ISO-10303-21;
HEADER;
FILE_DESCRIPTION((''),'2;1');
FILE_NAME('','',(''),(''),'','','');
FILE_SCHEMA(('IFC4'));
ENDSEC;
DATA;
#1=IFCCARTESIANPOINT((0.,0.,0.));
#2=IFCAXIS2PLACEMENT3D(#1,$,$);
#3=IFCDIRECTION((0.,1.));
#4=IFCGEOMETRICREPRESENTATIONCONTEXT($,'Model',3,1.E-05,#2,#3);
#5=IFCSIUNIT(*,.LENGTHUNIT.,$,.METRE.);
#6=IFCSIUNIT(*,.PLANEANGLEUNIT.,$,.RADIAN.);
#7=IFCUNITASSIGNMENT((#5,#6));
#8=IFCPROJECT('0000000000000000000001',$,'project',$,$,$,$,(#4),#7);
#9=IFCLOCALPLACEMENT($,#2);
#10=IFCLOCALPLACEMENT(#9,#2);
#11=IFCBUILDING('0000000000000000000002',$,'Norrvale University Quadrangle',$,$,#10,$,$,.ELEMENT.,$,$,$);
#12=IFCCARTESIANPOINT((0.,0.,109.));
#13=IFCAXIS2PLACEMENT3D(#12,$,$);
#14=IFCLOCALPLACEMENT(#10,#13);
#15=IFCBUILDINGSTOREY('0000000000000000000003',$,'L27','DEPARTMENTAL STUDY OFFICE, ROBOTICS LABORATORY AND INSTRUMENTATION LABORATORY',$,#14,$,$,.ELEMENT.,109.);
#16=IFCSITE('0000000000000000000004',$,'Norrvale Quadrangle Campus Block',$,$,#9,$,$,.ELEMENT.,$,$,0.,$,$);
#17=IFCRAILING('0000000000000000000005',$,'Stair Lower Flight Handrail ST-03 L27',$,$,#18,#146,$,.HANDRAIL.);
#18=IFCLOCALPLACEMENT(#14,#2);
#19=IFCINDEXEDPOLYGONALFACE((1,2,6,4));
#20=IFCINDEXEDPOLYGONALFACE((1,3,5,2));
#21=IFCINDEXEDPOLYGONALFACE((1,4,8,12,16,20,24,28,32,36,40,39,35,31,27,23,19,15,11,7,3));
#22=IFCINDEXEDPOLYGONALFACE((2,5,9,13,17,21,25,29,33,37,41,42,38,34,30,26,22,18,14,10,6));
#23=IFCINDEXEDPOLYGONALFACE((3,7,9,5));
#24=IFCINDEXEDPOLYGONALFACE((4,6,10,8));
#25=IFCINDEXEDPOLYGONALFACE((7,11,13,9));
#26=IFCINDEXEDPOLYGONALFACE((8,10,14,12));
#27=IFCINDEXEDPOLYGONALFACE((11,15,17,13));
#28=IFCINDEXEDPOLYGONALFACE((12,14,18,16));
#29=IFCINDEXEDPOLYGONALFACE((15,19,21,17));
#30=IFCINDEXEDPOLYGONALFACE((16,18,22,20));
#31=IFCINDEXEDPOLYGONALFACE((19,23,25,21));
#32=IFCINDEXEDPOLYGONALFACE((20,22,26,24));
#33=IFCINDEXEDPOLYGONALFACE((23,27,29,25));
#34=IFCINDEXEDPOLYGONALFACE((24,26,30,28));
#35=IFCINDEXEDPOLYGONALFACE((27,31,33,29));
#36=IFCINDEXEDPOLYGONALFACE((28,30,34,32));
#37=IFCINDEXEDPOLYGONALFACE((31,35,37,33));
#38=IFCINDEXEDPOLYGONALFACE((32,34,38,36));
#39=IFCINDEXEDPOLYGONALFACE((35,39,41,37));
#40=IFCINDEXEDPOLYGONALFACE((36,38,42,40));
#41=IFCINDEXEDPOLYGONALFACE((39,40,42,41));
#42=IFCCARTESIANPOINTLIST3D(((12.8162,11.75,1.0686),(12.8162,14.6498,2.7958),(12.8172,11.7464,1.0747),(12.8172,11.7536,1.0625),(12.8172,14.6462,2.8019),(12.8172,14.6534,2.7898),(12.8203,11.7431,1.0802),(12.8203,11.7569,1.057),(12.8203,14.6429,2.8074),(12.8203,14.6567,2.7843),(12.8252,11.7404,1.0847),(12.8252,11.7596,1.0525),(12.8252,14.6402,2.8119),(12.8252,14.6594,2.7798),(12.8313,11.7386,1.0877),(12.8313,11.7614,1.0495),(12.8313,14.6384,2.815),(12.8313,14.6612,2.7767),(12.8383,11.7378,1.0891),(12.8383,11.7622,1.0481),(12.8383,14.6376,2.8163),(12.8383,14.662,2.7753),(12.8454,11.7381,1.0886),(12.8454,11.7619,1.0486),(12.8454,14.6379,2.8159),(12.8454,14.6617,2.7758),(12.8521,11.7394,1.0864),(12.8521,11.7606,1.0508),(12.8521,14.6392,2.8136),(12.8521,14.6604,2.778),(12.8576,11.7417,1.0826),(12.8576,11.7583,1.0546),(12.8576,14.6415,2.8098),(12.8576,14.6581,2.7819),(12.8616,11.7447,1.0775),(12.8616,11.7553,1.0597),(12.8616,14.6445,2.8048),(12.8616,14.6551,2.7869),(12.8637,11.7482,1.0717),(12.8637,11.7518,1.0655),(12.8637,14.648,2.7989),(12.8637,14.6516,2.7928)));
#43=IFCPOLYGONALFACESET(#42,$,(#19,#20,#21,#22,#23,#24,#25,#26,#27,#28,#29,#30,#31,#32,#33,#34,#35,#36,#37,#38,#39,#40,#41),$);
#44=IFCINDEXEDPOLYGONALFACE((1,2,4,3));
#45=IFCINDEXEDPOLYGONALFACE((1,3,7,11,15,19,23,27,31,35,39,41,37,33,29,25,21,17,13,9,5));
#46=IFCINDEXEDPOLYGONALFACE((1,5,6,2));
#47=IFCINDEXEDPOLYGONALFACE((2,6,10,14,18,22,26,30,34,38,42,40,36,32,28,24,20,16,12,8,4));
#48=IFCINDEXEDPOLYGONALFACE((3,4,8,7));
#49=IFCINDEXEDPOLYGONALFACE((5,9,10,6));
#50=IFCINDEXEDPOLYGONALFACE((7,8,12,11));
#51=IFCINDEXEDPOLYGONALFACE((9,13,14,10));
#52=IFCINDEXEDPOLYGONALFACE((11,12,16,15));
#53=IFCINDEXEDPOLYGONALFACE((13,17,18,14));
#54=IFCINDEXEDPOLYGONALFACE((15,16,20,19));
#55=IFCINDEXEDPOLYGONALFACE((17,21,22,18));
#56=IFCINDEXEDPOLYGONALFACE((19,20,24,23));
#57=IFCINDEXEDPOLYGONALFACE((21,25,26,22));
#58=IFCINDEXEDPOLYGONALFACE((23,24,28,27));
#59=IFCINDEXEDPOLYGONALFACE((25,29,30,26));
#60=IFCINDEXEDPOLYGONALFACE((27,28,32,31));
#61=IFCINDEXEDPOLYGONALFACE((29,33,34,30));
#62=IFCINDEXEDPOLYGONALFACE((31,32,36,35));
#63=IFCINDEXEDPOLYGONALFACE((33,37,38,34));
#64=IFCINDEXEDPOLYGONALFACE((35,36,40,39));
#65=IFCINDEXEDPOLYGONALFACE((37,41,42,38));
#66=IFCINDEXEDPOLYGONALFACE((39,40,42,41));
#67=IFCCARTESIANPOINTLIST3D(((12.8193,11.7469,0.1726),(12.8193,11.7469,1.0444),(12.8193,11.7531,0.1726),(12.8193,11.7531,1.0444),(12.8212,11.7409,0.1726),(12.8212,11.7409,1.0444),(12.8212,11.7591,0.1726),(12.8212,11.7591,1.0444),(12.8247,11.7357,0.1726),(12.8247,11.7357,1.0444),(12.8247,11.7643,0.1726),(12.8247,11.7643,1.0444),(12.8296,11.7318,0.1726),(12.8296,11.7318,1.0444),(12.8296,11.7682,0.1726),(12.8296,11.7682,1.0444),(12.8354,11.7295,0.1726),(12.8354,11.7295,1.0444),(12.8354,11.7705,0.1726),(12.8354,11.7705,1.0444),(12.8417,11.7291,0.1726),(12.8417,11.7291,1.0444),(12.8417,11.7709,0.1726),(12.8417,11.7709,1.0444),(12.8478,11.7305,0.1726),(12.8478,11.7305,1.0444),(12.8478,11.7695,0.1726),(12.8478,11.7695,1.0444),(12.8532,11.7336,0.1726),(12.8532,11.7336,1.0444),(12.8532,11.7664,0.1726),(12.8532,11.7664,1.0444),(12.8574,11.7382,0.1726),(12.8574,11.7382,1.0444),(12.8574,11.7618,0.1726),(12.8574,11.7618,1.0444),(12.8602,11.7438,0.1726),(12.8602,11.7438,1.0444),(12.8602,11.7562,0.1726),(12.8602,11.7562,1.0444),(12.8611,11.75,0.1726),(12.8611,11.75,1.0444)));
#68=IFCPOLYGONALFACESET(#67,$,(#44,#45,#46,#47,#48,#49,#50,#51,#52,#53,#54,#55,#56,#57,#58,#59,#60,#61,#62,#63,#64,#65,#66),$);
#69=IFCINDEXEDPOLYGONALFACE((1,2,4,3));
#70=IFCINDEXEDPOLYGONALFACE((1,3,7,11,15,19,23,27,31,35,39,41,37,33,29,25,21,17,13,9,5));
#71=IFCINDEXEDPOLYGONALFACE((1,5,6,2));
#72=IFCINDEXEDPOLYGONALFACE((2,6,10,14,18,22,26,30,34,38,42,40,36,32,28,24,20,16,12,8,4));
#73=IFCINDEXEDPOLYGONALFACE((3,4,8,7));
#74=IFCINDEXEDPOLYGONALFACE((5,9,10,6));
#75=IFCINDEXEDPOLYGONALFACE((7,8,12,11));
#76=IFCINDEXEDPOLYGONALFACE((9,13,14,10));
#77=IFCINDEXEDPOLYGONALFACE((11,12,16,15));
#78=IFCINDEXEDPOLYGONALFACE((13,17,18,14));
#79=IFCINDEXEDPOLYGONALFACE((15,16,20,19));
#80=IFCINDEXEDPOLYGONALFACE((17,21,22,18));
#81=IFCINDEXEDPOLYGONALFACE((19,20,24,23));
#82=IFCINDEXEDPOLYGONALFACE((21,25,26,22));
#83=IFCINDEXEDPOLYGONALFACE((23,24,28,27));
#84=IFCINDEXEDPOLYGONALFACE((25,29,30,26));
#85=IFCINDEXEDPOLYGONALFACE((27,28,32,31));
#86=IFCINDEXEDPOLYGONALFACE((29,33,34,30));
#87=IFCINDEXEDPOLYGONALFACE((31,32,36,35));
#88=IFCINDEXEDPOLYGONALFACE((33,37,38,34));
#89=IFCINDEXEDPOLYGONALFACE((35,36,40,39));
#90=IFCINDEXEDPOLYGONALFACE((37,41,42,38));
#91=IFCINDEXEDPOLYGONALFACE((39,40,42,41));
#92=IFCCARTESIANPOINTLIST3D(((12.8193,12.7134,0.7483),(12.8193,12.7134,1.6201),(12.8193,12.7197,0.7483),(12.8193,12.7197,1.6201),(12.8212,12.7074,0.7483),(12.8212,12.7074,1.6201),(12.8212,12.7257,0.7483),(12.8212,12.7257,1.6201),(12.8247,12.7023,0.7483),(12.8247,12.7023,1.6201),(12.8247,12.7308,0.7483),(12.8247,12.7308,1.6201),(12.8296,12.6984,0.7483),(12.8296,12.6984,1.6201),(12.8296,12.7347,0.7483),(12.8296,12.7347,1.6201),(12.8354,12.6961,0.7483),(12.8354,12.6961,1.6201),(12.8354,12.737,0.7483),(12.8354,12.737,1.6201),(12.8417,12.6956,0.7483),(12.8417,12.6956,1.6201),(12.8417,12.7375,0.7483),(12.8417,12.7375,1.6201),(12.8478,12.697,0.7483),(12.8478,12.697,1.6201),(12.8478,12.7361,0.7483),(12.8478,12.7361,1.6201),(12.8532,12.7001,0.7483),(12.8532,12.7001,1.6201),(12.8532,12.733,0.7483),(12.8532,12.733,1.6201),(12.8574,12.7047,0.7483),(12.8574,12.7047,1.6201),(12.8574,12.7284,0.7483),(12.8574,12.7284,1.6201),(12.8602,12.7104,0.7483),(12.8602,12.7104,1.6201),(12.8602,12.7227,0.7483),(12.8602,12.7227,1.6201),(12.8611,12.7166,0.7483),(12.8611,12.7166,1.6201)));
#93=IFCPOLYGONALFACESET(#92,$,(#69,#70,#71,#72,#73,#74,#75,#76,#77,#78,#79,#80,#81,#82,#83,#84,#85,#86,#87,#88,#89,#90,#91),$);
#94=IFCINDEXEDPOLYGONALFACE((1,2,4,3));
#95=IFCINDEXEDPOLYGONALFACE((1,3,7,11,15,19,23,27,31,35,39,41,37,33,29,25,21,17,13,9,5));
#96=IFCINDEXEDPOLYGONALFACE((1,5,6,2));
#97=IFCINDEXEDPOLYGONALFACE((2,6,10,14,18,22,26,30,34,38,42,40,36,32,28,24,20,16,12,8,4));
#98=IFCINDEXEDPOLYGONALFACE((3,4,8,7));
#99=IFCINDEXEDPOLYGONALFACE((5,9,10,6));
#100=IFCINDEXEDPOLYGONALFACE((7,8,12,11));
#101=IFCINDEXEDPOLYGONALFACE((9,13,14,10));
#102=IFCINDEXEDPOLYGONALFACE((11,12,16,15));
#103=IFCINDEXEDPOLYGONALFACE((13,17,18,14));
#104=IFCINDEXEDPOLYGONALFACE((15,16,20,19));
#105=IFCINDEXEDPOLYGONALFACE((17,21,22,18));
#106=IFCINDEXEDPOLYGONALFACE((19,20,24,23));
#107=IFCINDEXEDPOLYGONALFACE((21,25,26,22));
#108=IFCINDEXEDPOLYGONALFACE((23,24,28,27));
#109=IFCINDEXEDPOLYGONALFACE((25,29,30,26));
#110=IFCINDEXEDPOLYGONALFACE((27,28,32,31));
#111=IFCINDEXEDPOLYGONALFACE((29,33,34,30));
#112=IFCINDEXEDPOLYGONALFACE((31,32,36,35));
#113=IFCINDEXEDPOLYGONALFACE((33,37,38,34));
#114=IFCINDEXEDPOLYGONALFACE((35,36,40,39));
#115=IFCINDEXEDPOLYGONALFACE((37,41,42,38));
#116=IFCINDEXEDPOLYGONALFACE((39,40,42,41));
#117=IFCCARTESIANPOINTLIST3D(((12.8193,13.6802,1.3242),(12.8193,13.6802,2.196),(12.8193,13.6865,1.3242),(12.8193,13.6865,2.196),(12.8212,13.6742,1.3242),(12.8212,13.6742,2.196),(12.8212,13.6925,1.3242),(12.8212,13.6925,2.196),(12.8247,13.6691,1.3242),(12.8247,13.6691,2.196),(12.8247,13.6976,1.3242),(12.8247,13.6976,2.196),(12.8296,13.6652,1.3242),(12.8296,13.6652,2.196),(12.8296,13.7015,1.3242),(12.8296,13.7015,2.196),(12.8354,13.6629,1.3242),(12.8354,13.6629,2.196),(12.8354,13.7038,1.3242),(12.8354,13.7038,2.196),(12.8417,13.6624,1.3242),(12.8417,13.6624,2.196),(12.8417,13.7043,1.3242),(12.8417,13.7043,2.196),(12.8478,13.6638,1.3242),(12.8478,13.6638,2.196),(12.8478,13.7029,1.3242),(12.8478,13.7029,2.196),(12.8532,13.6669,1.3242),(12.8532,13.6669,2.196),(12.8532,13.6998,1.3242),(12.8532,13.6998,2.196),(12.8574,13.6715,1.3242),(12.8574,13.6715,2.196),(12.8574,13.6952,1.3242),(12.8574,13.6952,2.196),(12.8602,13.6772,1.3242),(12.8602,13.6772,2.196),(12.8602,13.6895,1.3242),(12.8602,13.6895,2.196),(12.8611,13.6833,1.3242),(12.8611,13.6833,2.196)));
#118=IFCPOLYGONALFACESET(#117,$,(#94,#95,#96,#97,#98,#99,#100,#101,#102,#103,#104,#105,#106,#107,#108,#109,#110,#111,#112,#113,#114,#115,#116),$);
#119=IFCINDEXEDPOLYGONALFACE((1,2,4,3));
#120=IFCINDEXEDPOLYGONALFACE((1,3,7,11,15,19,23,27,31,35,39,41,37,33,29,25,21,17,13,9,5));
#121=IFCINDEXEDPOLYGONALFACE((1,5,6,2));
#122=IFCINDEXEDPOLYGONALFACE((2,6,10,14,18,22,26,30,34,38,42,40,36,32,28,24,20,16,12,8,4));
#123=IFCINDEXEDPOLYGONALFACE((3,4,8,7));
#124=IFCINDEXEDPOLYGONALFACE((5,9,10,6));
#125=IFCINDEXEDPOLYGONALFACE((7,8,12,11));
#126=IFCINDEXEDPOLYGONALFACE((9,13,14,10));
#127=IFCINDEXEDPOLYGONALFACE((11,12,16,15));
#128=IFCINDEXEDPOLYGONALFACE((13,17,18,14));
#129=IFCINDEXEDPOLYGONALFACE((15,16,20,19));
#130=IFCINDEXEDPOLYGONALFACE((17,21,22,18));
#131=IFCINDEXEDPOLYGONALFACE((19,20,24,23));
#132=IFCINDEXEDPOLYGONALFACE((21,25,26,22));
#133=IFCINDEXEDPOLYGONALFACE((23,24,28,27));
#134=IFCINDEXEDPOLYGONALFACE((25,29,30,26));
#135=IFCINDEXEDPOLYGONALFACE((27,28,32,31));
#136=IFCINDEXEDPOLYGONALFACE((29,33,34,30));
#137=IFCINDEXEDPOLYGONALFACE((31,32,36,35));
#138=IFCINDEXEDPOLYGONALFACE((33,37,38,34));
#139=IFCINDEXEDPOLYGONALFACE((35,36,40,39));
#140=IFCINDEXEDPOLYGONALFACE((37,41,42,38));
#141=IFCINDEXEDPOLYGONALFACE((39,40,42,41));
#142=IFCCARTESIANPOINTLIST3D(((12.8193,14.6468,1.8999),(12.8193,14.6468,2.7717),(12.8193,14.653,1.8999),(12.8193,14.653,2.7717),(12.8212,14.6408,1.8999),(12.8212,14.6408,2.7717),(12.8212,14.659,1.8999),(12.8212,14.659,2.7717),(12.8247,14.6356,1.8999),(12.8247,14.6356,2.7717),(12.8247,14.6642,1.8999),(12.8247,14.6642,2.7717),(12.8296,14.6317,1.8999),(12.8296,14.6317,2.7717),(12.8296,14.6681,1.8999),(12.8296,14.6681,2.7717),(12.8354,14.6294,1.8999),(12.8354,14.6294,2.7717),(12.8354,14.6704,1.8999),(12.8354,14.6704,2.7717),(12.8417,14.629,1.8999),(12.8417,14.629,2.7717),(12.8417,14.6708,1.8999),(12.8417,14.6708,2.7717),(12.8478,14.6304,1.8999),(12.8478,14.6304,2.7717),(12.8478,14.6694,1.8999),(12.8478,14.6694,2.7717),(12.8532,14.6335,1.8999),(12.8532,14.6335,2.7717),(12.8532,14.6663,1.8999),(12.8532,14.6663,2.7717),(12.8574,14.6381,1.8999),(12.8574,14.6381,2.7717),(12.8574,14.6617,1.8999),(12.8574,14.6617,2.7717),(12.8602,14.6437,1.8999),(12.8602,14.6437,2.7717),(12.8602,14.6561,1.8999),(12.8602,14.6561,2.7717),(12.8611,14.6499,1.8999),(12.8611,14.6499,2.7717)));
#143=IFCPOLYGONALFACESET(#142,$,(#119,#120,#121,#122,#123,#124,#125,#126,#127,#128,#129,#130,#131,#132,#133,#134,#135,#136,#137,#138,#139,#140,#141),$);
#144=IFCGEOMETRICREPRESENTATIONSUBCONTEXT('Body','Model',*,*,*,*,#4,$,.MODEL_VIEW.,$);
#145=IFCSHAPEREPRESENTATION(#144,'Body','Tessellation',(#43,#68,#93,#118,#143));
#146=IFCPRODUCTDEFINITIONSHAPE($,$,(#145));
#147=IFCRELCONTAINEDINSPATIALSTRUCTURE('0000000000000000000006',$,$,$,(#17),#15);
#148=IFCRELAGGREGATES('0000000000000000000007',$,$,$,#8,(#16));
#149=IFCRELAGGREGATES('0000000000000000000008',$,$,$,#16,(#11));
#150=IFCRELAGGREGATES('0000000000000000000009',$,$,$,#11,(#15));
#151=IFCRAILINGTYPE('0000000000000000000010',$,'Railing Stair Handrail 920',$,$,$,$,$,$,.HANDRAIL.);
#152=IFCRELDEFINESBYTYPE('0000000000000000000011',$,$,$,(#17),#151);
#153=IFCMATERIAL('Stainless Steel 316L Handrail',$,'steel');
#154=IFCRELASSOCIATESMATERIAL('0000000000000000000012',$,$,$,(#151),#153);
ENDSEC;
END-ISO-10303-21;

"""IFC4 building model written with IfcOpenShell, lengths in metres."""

from ifc_helpers import new_model, si_unit, direction, frame, origin, origin_2d, place, context, subcontext, project, spatial, circle, extrude, material, type_object, element, save


model = new_model("IFC4")

# Units and contexts
model_context = context("Model", 3, precision=1e-05, world=origin(), true_north=direction((0.0, 1.0)))
body_context = subcontext(model_context, "Body", "Model", "MODEL_VIEW")
ifc_project = project(units=[si_unit("LENGTHUNIT", "METRE"), si_unit("PLANEANGLEUNIT", "RADIAN")], contexts=[model_context])

# Site, building, storey
site_placement = place(None, origin())
site = spatial("IfcSite", under=ifc_project, at=site_placement, Name="Norrvale Quadrangle Campus Block", CompositionType="ELEMENT", RefElevation=0.0)
building_placement = place(site_placement, origin())
building = spatial("IfcBuilding", under=site, at=building_placement, Name="Norrvale University Quadrangle", CompositionType="ELEMENT")
storey_placement = place(building_placement, frame((0.0, 0.0, 109.0)))
storey = spatial("IfcBuildingStorey", under=building, at=storey_placement, Name="L27", Description="DEPARTMENTAL STUDY OFFICE, ROBOTICS LABORATORY AND INSTRUMENTATION LABORATORY", CompositionType="ELEMENT", Elevation=109.0)

# Railing
ifc_material_1 = material(Name="Stainless Steel 316L Handrail", Category="steel")
railing_type_1 = type_object("IfcRailingType", Name="Railing Stair Handrail 920", PredefinedType="HANDRAIL", material=ifc_material_1)
railing_1_placement = place(storey_placement, frame((12.8401, 11.75, 0.1726)))
element("IfcRailing", 1, at=railing_1_placement, inside=storey, type_object=railing_type_1, Name="Stair Lower Flight Handrail ST-03 L27", PredefinedType="HANDRAIL", context=body_context, shape_type="SweptSolid", body=[
    extrude(circle(Radius=0.0239, at=origin_2d()), frame((0.0, 0.0, 0.896), z_axis=(0.0, 0.859141, 0.511738), x_axis=(-1.0, 0.0, 0.0)), (0.0, 0.0, 1.0), 3.3752),
    extrude(circle(Radius=0.021, at=origin_2d()), origin(), (0.0, 0.0, 1.0), 0.8718),
    extrude(circle(Radius=0.021, at=origin_2d()), frame((0.0, 0.9666, 0.5757)), (0.0, 0.0, 1.0), 0.8718),
    extrude(circle(Radius=0.021, at=origin_2d()), frame((0.0, 1.9333, 1.1516)), (0.0, 0.0, 1.0), 0.8718),
    extrude(circle(Radius=0.021, at=origin_2d()), frame((0.0, 2.8999, 1.7273)), (0.0, 0.0, 1.0), 0.8718),
])

save(model, "model.ifc")
